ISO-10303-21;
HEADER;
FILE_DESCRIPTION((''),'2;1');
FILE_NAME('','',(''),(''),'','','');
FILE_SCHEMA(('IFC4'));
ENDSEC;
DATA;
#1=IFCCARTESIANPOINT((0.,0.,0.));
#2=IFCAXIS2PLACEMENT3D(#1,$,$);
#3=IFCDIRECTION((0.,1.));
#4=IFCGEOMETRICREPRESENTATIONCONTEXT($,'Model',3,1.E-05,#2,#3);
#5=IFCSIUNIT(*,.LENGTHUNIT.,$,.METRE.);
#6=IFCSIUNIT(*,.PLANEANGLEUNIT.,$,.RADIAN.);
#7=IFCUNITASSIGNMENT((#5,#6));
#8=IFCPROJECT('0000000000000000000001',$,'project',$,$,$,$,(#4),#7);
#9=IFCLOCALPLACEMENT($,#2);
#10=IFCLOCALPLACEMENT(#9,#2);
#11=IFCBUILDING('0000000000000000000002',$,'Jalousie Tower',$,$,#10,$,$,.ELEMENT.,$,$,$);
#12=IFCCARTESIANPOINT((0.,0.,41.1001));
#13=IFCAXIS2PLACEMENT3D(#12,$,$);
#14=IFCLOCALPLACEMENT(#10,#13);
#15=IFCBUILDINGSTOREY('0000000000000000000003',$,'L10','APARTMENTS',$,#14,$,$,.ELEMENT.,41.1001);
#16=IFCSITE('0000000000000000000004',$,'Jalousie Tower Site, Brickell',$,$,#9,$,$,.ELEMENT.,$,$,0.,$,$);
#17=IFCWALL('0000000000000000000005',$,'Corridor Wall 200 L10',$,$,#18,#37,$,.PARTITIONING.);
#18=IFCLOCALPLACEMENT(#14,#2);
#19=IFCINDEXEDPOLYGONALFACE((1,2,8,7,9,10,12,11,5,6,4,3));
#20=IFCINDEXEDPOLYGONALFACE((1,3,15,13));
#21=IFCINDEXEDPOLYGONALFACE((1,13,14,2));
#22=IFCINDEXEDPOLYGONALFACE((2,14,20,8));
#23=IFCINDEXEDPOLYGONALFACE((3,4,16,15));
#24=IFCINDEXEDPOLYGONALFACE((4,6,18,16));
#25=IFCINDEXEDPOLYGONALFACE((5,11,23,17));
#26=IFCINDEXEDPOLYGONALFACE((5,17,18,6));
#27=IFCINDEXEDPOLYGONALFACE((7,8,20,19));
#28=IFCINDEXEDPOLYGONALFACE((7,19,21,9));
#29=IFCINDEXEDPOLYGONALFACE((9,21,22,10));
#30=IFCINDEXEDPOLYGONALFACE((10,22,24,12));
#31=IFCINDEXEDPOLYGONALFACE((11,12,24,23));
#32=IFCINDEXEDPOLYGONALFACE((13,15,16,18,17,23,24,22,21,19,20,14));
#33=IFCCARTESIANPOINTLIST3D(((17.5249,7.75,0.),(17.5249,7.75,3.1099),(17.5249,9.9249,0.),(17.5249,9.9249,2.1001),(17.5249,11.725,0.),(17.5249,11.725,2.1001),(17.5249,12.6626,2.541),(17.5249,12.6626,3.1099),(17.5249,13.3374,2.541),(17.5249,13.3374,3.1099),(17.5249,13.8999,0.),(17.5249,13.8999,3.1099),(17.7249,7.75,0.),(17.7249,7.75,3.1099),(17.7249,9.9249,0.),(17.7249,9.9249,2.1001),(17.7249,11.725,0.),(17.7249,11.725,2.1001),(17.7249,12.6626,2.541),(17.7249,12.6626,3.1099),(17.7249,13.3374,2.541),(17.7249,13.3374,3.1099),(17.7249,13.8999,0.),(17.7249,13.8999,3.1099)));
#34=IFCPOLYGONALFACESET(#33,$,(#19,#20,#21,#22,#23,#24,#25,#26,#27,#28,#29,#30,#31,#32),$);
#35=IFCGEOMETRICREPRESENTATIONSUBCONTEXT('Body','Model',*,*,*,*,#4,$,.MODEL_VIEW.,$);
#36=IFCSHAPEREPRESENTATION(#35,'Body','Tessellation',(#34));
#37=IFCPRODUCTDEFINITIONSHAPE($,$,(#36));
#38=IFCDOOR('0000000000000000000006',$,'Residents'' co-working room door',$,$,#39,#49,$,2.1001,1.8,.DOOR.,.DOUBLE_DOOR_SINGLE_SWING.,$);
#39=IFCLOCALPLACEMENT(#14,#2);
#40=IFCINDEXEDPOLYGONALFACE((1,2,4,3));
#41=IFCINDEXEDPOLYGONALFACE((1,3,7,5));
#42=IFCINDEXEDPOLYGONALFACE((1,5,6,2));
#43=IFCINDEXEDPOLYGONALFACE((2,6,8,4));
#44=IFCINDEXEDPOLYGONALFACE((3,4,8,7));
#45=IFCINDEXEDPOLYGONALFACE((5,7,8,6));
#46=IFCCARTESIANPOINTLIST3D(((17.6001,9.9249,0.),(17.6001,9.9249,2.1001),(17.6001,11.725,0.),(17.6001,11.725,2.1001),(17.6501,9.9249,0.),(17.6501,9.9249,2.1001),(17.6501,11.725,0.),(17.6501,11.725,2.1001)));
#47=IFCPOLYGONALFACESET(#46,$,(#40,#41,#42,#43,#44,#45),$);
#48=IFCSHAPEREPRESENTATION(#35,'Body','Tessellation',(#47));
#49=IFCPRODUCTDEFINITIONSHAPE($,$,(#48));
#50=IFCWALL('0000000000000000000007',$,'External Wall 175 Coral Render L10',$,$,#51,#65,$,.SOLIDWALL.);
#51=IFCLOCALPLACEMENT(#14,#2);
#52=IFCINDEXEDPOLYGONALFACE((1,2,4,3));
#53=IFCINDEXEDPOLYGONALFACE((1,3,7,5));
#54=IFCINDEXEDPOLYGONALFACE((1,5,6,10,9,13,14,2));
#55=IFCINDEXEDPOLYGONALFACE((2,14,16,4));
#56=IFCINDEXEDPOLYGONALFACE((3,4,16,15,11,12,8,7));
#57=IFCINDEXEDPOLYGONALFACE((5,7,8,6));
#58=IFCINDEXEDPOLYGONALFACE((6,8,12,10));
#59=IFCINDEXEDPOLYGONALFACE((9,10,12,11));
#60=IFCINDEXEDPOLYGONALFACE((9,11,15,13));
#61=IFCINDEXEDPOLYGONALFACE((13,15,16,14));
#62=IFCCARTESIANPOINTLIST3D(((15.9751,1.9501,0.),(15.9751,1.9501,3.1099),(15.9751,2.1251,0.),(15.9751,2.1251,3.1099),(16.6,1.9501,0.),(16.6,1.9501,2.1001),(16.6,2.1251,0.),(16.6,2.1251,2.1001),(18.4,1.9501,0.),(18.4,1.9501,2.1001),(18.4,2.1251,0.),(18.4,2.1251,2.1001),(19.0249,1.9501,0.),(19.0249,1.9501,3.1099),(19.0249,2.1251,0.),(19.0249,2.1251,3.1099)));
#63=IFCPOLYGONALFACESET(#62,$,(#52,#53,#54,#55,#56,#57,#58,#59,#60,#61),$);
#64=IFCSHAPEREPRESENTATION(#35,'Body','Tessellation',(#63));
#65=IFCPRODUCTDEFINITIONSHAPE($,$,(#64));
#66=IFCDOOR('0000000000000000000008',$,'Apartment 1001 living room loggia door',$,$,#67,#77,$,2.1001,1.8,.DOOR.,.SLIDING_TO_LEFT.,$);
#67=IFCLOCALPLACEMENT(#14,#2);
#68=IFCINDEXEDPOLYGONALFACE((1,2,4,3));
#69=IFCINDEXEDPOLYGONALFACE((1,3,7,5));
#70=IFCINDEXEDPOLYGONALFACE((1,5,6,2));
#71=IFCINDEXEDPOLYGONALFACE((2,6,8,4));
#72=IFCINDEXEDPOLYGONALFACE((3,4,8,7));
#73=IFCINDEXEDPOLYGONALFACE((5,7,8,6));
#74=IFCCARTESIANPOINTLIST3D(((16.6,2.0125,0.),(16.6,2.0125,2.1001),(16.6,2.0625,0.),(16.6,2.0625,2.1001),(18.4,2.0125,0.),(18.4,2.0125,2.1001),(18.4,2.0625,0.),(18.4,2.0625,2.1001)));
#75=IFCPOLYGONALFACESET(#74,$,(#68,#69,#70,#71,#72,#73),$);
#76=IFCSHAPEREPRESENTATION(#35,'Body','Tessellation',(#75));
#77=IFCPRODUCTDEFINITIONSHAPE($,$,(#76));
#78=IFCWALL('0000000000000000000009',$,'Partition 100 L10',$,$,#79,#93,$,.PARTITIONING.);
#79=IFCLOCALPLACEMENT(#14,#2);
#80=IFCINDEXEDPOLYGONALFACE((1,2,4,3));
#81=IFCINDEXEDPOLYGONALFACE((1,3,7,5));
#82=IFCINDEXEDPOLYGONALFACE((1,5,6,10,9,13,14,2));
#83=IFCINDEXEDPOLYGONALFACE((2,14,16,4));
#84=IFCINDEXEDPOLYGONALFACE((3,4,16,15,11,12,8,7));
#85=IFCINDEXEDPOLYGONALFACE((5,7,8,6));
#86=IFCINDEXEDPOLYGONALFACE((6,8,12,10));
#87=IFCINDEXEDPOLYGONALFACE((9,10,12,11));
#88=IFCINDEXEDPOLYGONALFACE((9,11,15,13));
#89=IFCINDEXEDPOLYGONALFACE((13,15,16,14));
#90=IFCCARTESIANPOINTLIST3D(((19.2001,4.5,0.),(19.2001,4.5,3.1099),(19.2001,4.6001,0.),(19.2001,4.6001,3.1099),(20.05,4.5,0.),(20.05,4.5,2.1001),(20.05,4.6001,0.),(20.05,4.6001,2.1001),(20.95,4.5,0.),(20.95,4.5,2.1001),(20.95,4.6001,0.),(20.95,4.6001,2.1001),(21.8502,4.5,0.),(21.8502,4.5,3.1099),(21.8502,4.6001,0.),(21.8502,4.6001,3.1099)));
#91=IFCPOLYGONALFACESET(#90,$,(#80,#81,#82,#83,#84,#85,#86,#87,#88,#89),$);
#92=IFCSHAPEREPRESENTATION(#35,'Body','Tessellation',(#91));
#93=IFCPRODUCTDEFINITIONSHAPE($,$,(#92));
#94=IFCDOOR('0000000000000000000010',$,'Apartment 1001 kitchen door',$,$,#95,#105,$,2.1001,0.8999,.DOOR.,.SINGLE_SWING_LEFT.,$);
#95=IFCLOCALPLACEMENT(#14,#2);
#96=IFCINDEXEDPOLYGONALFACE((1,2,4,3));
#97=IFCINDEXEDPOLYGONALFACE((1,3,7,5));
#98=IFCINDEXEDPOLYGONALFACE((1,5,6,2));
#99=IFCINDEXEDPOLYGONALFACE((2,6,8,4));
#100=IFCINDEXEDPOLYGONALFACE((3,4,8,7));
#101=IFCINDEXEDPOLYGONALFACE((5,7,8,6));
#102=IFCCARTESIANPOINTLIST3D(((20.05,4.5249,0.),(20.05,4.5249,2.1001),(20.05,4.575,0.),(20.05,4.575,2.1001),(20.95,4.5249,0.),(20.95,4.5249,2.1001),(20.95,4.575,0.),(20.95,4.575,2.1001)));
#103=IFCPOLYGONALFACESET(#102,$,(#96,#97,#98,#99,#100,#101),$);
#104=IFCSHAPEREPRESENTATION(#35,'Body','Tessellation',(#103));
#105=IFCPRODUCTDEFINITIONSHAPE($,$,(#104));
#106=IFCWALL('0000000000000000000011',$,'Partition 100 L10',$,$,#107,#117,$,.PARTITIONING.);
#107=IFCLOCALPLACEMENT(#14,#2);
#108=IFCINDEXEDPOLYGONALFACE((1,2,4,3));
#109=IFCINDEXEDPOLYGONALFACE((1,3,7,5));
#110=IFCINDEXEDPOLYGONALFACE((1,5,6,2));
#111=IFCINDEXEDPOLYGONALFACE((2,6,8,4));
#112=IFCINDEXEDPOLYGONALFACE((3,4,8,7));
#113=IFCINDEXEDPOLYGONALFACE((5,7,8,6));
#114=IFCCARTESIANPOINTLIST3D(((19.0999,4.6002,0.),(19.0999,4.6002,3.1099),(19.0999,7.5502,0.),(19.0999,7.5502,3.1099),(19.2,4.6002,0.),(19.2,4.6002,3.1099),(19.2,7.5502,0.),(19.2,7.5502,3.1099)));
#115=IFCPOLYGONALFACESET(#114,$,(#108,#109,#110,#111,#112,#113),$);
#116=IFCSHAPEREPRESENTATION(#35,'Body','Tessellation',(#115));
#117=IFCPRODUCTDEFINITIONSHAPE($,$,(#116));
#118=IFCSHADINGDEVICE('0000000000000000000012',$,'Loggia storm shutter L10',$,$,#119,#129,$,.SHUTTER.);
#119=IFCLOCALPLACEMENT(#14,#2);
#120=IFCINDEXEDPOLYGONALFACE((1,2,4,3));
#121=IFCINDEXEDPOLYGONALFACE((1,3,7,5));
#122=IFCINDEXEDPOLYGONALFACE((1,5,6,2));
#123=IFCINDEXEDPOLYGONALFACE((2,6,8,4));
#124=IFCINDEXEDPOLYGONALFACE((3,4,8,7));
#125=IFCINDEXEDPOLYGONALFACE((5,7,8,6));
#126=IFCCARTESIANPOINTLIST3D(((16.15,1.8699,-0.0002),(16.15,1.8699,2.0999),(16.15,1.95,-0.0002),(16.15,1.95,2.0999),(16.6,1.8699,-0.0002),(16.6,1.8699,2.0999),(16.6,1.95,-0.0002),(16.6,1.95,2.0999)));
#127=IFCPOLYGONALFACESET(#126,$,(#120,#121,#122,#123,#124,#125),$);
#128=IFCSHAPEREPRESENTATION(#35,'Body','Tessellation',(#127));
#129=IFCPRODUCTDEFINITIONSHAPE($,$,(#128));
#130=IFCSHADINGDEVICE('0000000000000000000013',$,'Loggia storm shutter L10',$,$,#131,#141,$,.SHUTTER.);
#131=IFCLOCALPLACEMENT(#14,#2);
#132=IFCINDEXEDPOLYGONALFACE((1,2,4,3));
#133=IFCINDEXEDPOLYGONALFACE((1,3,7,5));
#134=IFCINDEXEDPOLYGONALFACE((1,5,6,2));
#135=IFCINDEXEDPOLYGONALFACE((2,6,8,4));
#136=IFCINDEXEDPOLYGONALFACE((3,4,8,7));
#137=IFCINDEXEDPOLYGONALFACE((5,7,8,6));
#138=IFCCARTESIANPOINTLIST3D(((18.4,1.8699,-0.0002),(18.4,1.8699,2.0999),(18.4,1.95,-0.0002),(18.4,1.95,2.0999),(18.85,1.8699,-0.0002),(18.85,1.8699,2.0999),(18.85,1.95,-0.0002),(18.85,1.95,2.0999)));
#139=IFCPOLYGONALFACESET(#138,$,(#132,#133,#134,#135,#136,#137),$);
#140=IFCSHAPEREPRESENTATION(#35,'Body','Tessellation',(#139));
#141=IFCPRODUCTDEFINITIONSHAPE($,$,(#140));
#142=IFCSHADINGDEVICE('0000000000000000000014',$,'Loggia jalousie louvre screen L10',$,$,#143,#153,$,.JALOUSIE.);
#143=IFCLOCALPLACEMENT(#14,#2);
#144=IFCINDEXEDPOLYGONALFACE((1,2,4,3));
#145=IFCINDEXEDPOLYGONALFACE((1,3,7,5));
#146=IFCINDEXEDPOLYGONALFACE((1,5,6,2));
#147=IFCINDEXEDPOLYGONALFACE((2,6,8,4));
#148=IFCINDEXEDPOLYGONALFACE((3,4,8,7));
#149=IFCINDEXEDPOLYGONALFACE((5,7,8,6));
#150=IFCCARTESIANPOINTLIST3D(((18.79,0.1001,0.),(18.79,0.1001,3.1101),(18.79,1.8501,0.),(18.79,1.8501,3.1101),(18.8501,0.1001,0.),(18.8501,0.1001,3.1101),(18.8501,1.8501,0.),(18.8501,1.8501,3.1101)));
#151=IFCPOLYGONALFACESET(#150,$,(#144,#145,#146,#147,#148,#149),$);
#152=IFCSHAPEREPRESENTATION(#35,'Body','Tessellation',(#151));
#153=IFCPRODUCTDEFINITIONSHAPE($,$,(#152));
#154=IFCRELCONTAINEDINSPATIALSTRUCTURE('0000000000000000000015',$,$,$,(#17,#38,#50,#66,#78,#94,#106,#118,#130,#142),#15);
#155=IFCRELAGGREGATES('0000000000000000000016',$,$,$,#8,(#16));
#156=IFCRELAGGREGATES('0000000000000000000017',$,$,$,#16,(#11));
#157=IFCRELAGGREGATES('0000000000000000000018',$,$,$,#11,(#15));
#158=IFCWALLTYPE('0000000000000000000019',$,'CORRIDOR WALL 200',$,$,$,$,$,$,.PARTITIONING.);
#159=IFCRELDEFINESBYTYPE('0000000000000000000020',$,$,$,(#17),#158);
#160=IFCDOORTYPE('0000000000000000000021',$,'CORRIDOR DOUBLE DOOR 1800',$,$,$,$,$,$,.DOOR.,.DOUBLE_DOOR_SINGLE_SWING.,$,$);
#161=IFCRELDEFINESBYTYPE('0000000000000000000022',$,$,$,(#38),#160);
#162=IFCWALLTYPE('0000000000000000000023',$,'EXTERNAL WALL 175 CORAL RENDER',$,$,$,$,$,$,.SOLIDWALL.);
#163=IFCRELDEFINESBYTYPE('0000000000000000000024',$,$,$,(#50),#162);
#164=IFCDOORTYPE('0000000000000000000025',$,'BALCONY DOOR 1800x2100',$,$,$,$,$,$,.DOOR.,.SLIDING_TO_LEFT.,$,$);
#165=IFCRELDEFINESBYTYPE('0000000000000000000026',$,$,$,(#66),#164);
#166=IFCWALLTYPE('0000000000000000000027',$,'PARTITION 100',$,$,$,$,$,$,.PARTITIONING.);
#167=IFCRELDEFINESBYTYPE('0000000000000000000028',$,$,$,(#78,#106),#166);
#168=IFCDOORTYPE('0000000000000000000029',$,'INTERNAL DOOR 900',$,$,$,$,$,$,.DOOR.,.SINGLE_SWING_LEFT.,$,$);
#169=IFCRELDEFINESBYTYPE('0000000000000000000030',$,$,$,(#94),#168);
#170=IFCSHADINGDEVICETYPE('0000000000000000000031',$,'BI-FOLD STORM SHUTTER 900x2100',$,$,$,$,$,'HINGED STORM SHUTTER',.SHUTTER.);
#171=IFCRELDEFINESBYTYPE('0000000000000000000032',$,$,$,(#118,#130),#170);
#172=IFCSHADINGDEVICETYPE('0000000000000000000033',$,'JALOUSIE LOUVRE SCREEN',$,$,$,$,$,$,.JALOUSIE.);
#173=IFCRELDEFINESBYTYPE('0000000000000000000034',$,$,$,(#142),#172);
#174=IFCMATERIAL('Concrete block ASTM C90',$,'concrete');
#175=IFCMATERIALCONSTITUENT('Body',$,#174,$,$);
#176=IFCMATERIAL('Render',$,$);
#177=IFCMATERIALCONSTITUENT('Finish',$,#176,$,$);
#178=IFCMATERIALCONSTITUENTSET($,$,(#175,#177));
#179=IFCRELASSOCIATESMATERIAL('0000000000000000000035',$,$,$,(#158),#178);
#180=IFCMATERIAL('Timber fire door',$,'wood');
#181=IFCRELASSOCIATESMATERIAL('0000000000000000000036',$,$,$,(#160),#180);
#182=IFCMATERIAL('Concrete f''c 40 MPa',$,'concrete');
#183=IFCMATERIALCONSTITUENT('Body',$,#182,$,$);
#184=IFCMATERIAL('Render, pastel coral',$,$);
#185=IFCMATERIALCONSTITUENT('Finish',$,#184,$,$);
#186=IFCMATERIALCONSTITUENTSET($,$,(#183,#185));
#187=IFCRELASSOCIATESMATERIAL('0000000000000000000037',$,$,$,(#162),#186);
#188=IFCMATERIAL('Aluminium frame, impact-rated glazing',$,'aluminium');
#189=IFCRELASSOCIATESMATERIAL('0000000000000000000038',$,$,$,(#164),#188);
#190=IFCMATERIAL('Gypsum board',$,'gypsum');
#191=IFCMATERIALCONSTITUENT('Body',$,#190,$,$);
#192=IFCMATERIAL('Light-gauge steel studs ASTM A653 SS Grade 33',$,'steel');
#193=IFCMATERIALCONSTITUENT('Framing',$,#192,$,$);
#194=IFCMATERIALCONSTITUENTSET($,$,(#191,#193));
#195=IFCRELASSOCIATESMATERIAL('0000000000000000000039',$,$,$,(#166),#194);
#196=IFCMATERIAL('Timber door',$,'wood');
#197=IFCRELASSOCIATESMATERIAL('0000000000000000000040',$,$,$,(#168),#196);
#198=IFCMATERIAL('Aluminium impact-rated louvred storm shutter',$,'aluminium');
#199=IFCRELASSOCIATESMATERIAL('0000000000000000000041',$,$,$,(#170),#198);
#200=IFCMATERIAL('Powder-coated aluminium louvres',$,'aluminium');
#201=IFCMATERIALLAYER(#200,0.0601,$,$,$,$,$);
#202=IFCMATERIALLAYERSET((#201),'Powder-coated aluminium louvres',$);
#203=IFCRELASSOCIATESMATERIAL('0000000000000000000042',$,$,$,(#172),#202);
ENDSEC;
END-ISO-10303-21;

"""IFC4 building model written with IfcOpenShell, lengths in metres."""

from ifc_helpers import new_model, si_unit, direction, frame, frame_2d, origin, origin_2d, place, context, subcontext, project, spatial, polyline, rectangle, outline, extrude, material, layer, layer_set, constituent, constituent_set, type_object, element, fill, save


model = new_model("IFC4")

# Units and contexts
model_context = context("Model", 3, precision=1e-05, world=origin(), true_north=direction((0.0, 1.0)))
body_context = subcontext(model_context, "Body", "Model", "MODEL_VIEW")
ifc_project = project(units=[si_unit("LENGTHUNIT", "METRE"), si_unit("PLANEANGLEUNIT", "RADIAN")], contexts=[model_context])

# Site, building, storey
site_placement = place(None, origin())
site = spatial("IfcSite", under=ifc_project, at=site_placement, Name="Jalousie Tower Site, Brickell", CompositionType="ELEMENT", RefElevation=0.0)
building_placement = place(site_placement, origin())
building = spatial("IfcBuilding", under=site, at=building_placement, Name="Jalousie Tower", CompositionType="ELEMENT")
storey_placement = place(building_placement, frame((0.0, 0.0, 41.1001)))
storey = spatial("IfcBuildingStorey", under=building, at=storey_placement, Name="L10", Description="APARTMENTS", CompositionType="ELEMENT", Elevation=41.1001)

# Shared definitions
ifc_material_1 = material(Name="Concrete block ASTM C90", Category="concrete")
ifc_constituent_1 = constituent(ifc_material_1, Name="Body")
ifc_material_2 = material(Name="Render")
ifc_constituent_2 = constituent(ifc_material_2, Name="Finish")
ifc_constituent_set_1 = constituent_set(constituents=[ifc_constituent_1, ifc_constituent_2])
wall_type_1 = type_object("IfcWallType", Name="CORRIDOR WALL 200", PredefinedType="PARTITIONING", material=ifc_constituent_set_1)

# Walls, openings, doors
wall_1_placement = place(storey_placement, frame((17.625, 7.75, 0.0), z_axis=(0.0, 0.0, 1.0), x_axis=(0.0, 1.0, 0.0)))
wall_1 = element("IfcWall", 1, at=wall_1_placement, inside=storey, type_object=wall_type_1, Name="Corridor Wall 200 L10", PredefinedType="PARTITIONING", context=body_context, shape_type="SweptSolid", body=[
    extrude(outline(polyline([(0.0, 0.0), (6.1499, 0.0), (6.1499, 3.1099), (5.5874, 3.1099), (5.5874, 2.541), (4.9126, 2.541), (4.9126, 3.1099), (0.0, 3.1099), (0.0, 0.0)])), frame((0.0, 0.1001, 0.0), z_axis=(0.0, -1.0, 0.0), x_axis=(1.0, 0.0, 0.0)), (0.0, 0.0, 1.0), 0.2),
])
opening_1_placement = place(wall_1_placement, frame((2.175, 0.0, 0.0)))
opening_1 = element("IfcOpeningElement", 2, at=opening_1_placement, cuts=wall_1, PredefinedType="OPENING", context=body_context, shape_type="SweptSolid", body=[
    extrude(rectangle(XDim=1.8, YDim=2.1001, at=frame_2d((0.8999, 1.05))), frame((0.0, 0.1099, 0.0), z_axis=(0.0, -1.0, 0.0), x_axis=(1.0, 0.0, 0.0)), (0.0, 0.0, 1.0), 0.22),
])
ifc_material_3 = material(Name="Timber fire door", Category="wood")
door_type_1 = type_object("IfcDoorType", Name="CORRIDOR DOUBLE DOOR 1800", OperationType="DOUBLE_DOOR_SINGLE_SWING", PredefinedType="DOOR", material=ifc_material_3)
door_1_placement = place(opening_1_placement, origin())
door_1 = element("IfcDoor", 3, at=door_1_placement, inside=storey, type_object=door_type_1, Name="Residents' co-working room door", OperationType="DOUBLE_DOOR_SINGLE_SWING", OverallHeight=2.1001, OverallWidth=1.8, PredefinedType="DOOR", context=body_context, shape_type="SweptSolid", body=[
    extrude(rectangle(XDim=1.8, YDim=2.1001, at=frame_2d((0.8999, 1.05))), frame((0.0, 0.0249, 0.0), z_axis=(0.0, -1.0, 0.0), x_axis=(1.0, 0.0, 0.0)), (0.0, 0.0, 1.0), 0.05),
])
fill(opening_1, door_1)
ifc_material_4 = material(Name="Concrete f'c 40 MPa", Category="concrete")
ifc_constituent_3 = constituent(ifc_material_4, Name="Body")
ifc_material_5 = material(Name="Render, pastel coral")
ifc_constituent_4 = constituent(ifc_material_5, Name="Finish")
ifc_constituent_set_2 = constituent_set(constituents=[ifc_constituent_3, ifc_constituent_4])
wall_type_2 = type_object("IfcWallType", Name="EXTERNAL WALL 175 CORAL RENDER", PredefinedType="SOLIDWALL", material=ifc_constituent_set_2)
wall_2_placement = place(storey_placement, frame((15.9751, 2.0376, 0.0), z_axis=(0.0, 0.0, 1.0), x_axis=(1.0, 0.0, 0.0)))
wall_2 = element("IfcWall", 4, at=wall_2_placement, inside=storey, type_object=wall_type_2, Name="External Wall 175 Coral Render L10", PredefinedType="SOLIDWALL", context=body_context, shape_type="SweptSolid", body=[
    extrude(rectangle(XDim=3.0498, YDim=0.175, at=frame_2d((1.5249, 0.0))), origin(), (0.0, 0.0, 1.0), 3.1099),
])
opening_2_placement = place(wall_2_placement, frame((0.625, 0.0, 0.0)))
opening_2 = element("IfcOpeningElement", 5, at=opening_2_placement, cuts=wall_2, PredefinedType="OPENING", context=body_context, shape_type="SweptSolid", body=[
    extrude(rectangle(XDim=1.8, YDim=2.1001, at=frame_2d((0.8999, 1.05))), frame((0.0, 0.0974, 0.0), z_axis=(0.0, -1.0, 0.0), x_axis=(1.0, 0.0, 0.0)), (0.0, 0.0, 1.0), 0.1951),
])
ifc_material_6 = material(Name="Aluminium frame, impact-rated glazing", Category="aluminium")
door_type_2 = type_object("IfcDoorType", Name="BALCONY DOOR 1800x2100", OperationType="SLIDING_TO_LEFT", PredefinedType="DOOR", material=ifc_material_6)
door_2_placement = place(opening_2_placement, origin())
door_2 = element("IfcDoor", 6, at=door_2_placement, inside=storey, type_object=door_type_2, Name="Apartment 1001 living room loggia door", OperationType="SLIDING_TO_LEFT", OverallHeight=2.1001, OverallWidth=1.8, PredefinedType="DOOR", context=body_context, shape_type="SweptSolid", body=[
    extrude(rectangle(XDim=1.8, YDim=2.1001, at=frame_2d((0.8999, 1.05))), frame((0.0, 0.0249, 0.0), z_axis=(0.0, -1.0, 0.0), x_axis=(1.0, 0.0, 0.0)), (0.0, 0.0, 1.0), 0.05),
])
fill(opening_2, door_2)
ifc_material_7 = material(Name="Gypsum board", Category="gypsum")
ifc_constituent_5 = constituent(ifc_material_7, Name="Body")
ifc_material_8 = material(Name="Light-gauge steel studs ASTM A653 SS Grade 33", Category="steel")
ifc_constituent_6 = constituent(ifc_material_8, Name="Framing")
ifc_constituent_set_3 = constituent_set(constituents=[ifc_constituent_5, ifc_constituent_6])
wall_type_3 = type_object("IfcWallType", Name="PARTITION 100", PredefinedType="PARTITIONING", material=ifc_constituent_set_3)
wall_3_placement = place(storey_placement, frame((19.2, 4.55, 0.0), z_axis=(0.0, 0.0, 1.0), x_axis=(1.0, 0.0, 0.0)))
wall_3 = element("IfcWall", 7, at=wall_3_placement, inside=storey, type_object=wall_type_3, Name="Partition 100 L10", PredefinedType="PARTITIONING", context=body_context, shape_type="SweptSolid", body=[
    extrude(rectangle(XDim=2.6501, YDim=0.1001, at=frame_2d((1.3252, 0.0))), origin(), (0.0, 0.0, 1.0), 3.1099),
])
opening_3_placement = place(wall_3_placement, frame((0.8501, 0.0, 0.0)))
opening_3 = element("IfcOpeningElement", 8, at=opening_3_placement, cuts=wall_3, PredefinedType="OPENING", context=body_context, shape_type="SweptSolid", body=[
    extrude(rectangle(XDim=0.8999, YDim=2.1001, at=frame_2d((0.45, 1.05))), frame((0.0, 0.0601, 0.0), z_axis=(0.0, -1.0, 0.0), x_axis=(1.0, 0.0, 0.0)), (0.0, 0.0, 1.0), 0.1201),
])
ifc_material_9 = material(Name="Timber door", Category="wood")
door_type_3 = type_object("IfcDoorType", Name="INTERNAL DOOR 900", OperationType="SINGLE_SWING_LEFT", PredefinedType="DOOR", material=ifc_material_9)
door_3_placement = place(opening_3_placement, origin())
door_3 = element("IfcDoor", 9, at=door_3_placement, inside=storey, type_object=door_type_3, Name="Apartment 1001 kitchen door", OperationType="SINGLE_SWING_LEFT", OverallHeight=2.1001, OverallWidth=0.8999, PredefinedType="DOOR", context=body_context, shape_type="SweptSolid", body=[
    extrude(rectangle(XDim=0.8999, YDim=2.1001, at=frame_2d((0.45, 1.05))), frame((0.0, 0.0249, 0.0), z_axis=(0.0, -1.0, 0.0), x_axis=(1.0, 0.0, 0.0)), (0.0, 0.0, 1.0), 0.05),
])
fill(opening_3, door_3)

# Wall
wall_4_placement = place(storey_placement, frame((19.1499, 4.6001, 0.0), z_axis=(0.0, 0.0, 1.0), x_axis=(0.0, 1.0, 0.0)))
element("IfcWall", 10, at=wall_4_placement, inside=storey, type_object=wall_type_3, Name="Partition 100 L10", PredefinedType="PARTITIONING", context=body_context, shape_type="SweptSolid", body=[
    extrude(rectangle(XDim=2.95, YDim=0.1001, at=frame_2d((1.4751, 0.0))), origin(), (0.0, 0.0, 1.0), 3.1099),
])

# Shading devices
ifc_material_10 = material(Name="Aluminium impact-rated louvred storm shutter", Category="aluminium")
shading_device_type_1 = type_object("IfcShadingDeviceType", Name="BI-FOLD STORM SHUTTER 900x2100", ElementType="HINGED STORM SHUTTER", PredefinedType="SHUTTER", material=ifc_material_10)
for number, where, z_axis, x_axis, name in (
    (11, (16.375, 1.9099, -0.0002), (0.0, 0.0, 1.0), (1.0, 0.0, 0.0), "Loggia storm shutter L10"),
    (12, (18.625, 1.9099, -0.0002), (0.0, 0.0, 1.0), (1.0, 0.0, 0.0), "Loggia storm shutter L10"),
):
    element("IfcShadingDevice", number, at=place(storey_placement, frame(where, z_axis=z_axis, x_axis=x_axis)), inside=storey, type_object=shading_device_type_1, Name=name, PredefinedType="SHUTTER", context=body_context, shape_type="SweptSolid", body=[
        extrude(rectangle(XDim=0.45, YDim=0.0801, at=origin_2d()), origin(), (0.0, 0.0, 1.0), 2.1001),
    ])
ifc_material_11 = material(Name="Powder-coated aluminium louvres", Category="aluminium")
ifc_layer_1 = layer(ifc_material_11, 0.0601)
ifc_layer_set_1 = layer_set([ifc_layer_1], Name="Powder-coated aluminium louvres")
shading_device_type_2 = type_object("IfcShadingDeviceType", Name="JALOUSIE LOUVRE SCREEN", PredefinedType="JALOUSIE", material=ifc_layer_set_1)
shading_device_placement = place(storey_placement, frame((18.8201, 0.9751, 0.0), z_axis=(0.0, 0.0, 1.0), x_axis=(1.0, 0.0, 0.0)))
element("IfcShadingDevice", 13, at=shading_device_placement, inside=storey, type_object=shading_device_type_2, Name="Loggia jalousie louvre screen L10", PredefinedType="JALOUSIE", context=body_context, shape_type="SweptSolid", body=[
    extrude(rectangle(XDim=0.0601, YDim=1.75, at=origin_2d()), origin(), (0.0, 0.0, 1.0), 3.1101),
])

save(model, "model.ifc")
